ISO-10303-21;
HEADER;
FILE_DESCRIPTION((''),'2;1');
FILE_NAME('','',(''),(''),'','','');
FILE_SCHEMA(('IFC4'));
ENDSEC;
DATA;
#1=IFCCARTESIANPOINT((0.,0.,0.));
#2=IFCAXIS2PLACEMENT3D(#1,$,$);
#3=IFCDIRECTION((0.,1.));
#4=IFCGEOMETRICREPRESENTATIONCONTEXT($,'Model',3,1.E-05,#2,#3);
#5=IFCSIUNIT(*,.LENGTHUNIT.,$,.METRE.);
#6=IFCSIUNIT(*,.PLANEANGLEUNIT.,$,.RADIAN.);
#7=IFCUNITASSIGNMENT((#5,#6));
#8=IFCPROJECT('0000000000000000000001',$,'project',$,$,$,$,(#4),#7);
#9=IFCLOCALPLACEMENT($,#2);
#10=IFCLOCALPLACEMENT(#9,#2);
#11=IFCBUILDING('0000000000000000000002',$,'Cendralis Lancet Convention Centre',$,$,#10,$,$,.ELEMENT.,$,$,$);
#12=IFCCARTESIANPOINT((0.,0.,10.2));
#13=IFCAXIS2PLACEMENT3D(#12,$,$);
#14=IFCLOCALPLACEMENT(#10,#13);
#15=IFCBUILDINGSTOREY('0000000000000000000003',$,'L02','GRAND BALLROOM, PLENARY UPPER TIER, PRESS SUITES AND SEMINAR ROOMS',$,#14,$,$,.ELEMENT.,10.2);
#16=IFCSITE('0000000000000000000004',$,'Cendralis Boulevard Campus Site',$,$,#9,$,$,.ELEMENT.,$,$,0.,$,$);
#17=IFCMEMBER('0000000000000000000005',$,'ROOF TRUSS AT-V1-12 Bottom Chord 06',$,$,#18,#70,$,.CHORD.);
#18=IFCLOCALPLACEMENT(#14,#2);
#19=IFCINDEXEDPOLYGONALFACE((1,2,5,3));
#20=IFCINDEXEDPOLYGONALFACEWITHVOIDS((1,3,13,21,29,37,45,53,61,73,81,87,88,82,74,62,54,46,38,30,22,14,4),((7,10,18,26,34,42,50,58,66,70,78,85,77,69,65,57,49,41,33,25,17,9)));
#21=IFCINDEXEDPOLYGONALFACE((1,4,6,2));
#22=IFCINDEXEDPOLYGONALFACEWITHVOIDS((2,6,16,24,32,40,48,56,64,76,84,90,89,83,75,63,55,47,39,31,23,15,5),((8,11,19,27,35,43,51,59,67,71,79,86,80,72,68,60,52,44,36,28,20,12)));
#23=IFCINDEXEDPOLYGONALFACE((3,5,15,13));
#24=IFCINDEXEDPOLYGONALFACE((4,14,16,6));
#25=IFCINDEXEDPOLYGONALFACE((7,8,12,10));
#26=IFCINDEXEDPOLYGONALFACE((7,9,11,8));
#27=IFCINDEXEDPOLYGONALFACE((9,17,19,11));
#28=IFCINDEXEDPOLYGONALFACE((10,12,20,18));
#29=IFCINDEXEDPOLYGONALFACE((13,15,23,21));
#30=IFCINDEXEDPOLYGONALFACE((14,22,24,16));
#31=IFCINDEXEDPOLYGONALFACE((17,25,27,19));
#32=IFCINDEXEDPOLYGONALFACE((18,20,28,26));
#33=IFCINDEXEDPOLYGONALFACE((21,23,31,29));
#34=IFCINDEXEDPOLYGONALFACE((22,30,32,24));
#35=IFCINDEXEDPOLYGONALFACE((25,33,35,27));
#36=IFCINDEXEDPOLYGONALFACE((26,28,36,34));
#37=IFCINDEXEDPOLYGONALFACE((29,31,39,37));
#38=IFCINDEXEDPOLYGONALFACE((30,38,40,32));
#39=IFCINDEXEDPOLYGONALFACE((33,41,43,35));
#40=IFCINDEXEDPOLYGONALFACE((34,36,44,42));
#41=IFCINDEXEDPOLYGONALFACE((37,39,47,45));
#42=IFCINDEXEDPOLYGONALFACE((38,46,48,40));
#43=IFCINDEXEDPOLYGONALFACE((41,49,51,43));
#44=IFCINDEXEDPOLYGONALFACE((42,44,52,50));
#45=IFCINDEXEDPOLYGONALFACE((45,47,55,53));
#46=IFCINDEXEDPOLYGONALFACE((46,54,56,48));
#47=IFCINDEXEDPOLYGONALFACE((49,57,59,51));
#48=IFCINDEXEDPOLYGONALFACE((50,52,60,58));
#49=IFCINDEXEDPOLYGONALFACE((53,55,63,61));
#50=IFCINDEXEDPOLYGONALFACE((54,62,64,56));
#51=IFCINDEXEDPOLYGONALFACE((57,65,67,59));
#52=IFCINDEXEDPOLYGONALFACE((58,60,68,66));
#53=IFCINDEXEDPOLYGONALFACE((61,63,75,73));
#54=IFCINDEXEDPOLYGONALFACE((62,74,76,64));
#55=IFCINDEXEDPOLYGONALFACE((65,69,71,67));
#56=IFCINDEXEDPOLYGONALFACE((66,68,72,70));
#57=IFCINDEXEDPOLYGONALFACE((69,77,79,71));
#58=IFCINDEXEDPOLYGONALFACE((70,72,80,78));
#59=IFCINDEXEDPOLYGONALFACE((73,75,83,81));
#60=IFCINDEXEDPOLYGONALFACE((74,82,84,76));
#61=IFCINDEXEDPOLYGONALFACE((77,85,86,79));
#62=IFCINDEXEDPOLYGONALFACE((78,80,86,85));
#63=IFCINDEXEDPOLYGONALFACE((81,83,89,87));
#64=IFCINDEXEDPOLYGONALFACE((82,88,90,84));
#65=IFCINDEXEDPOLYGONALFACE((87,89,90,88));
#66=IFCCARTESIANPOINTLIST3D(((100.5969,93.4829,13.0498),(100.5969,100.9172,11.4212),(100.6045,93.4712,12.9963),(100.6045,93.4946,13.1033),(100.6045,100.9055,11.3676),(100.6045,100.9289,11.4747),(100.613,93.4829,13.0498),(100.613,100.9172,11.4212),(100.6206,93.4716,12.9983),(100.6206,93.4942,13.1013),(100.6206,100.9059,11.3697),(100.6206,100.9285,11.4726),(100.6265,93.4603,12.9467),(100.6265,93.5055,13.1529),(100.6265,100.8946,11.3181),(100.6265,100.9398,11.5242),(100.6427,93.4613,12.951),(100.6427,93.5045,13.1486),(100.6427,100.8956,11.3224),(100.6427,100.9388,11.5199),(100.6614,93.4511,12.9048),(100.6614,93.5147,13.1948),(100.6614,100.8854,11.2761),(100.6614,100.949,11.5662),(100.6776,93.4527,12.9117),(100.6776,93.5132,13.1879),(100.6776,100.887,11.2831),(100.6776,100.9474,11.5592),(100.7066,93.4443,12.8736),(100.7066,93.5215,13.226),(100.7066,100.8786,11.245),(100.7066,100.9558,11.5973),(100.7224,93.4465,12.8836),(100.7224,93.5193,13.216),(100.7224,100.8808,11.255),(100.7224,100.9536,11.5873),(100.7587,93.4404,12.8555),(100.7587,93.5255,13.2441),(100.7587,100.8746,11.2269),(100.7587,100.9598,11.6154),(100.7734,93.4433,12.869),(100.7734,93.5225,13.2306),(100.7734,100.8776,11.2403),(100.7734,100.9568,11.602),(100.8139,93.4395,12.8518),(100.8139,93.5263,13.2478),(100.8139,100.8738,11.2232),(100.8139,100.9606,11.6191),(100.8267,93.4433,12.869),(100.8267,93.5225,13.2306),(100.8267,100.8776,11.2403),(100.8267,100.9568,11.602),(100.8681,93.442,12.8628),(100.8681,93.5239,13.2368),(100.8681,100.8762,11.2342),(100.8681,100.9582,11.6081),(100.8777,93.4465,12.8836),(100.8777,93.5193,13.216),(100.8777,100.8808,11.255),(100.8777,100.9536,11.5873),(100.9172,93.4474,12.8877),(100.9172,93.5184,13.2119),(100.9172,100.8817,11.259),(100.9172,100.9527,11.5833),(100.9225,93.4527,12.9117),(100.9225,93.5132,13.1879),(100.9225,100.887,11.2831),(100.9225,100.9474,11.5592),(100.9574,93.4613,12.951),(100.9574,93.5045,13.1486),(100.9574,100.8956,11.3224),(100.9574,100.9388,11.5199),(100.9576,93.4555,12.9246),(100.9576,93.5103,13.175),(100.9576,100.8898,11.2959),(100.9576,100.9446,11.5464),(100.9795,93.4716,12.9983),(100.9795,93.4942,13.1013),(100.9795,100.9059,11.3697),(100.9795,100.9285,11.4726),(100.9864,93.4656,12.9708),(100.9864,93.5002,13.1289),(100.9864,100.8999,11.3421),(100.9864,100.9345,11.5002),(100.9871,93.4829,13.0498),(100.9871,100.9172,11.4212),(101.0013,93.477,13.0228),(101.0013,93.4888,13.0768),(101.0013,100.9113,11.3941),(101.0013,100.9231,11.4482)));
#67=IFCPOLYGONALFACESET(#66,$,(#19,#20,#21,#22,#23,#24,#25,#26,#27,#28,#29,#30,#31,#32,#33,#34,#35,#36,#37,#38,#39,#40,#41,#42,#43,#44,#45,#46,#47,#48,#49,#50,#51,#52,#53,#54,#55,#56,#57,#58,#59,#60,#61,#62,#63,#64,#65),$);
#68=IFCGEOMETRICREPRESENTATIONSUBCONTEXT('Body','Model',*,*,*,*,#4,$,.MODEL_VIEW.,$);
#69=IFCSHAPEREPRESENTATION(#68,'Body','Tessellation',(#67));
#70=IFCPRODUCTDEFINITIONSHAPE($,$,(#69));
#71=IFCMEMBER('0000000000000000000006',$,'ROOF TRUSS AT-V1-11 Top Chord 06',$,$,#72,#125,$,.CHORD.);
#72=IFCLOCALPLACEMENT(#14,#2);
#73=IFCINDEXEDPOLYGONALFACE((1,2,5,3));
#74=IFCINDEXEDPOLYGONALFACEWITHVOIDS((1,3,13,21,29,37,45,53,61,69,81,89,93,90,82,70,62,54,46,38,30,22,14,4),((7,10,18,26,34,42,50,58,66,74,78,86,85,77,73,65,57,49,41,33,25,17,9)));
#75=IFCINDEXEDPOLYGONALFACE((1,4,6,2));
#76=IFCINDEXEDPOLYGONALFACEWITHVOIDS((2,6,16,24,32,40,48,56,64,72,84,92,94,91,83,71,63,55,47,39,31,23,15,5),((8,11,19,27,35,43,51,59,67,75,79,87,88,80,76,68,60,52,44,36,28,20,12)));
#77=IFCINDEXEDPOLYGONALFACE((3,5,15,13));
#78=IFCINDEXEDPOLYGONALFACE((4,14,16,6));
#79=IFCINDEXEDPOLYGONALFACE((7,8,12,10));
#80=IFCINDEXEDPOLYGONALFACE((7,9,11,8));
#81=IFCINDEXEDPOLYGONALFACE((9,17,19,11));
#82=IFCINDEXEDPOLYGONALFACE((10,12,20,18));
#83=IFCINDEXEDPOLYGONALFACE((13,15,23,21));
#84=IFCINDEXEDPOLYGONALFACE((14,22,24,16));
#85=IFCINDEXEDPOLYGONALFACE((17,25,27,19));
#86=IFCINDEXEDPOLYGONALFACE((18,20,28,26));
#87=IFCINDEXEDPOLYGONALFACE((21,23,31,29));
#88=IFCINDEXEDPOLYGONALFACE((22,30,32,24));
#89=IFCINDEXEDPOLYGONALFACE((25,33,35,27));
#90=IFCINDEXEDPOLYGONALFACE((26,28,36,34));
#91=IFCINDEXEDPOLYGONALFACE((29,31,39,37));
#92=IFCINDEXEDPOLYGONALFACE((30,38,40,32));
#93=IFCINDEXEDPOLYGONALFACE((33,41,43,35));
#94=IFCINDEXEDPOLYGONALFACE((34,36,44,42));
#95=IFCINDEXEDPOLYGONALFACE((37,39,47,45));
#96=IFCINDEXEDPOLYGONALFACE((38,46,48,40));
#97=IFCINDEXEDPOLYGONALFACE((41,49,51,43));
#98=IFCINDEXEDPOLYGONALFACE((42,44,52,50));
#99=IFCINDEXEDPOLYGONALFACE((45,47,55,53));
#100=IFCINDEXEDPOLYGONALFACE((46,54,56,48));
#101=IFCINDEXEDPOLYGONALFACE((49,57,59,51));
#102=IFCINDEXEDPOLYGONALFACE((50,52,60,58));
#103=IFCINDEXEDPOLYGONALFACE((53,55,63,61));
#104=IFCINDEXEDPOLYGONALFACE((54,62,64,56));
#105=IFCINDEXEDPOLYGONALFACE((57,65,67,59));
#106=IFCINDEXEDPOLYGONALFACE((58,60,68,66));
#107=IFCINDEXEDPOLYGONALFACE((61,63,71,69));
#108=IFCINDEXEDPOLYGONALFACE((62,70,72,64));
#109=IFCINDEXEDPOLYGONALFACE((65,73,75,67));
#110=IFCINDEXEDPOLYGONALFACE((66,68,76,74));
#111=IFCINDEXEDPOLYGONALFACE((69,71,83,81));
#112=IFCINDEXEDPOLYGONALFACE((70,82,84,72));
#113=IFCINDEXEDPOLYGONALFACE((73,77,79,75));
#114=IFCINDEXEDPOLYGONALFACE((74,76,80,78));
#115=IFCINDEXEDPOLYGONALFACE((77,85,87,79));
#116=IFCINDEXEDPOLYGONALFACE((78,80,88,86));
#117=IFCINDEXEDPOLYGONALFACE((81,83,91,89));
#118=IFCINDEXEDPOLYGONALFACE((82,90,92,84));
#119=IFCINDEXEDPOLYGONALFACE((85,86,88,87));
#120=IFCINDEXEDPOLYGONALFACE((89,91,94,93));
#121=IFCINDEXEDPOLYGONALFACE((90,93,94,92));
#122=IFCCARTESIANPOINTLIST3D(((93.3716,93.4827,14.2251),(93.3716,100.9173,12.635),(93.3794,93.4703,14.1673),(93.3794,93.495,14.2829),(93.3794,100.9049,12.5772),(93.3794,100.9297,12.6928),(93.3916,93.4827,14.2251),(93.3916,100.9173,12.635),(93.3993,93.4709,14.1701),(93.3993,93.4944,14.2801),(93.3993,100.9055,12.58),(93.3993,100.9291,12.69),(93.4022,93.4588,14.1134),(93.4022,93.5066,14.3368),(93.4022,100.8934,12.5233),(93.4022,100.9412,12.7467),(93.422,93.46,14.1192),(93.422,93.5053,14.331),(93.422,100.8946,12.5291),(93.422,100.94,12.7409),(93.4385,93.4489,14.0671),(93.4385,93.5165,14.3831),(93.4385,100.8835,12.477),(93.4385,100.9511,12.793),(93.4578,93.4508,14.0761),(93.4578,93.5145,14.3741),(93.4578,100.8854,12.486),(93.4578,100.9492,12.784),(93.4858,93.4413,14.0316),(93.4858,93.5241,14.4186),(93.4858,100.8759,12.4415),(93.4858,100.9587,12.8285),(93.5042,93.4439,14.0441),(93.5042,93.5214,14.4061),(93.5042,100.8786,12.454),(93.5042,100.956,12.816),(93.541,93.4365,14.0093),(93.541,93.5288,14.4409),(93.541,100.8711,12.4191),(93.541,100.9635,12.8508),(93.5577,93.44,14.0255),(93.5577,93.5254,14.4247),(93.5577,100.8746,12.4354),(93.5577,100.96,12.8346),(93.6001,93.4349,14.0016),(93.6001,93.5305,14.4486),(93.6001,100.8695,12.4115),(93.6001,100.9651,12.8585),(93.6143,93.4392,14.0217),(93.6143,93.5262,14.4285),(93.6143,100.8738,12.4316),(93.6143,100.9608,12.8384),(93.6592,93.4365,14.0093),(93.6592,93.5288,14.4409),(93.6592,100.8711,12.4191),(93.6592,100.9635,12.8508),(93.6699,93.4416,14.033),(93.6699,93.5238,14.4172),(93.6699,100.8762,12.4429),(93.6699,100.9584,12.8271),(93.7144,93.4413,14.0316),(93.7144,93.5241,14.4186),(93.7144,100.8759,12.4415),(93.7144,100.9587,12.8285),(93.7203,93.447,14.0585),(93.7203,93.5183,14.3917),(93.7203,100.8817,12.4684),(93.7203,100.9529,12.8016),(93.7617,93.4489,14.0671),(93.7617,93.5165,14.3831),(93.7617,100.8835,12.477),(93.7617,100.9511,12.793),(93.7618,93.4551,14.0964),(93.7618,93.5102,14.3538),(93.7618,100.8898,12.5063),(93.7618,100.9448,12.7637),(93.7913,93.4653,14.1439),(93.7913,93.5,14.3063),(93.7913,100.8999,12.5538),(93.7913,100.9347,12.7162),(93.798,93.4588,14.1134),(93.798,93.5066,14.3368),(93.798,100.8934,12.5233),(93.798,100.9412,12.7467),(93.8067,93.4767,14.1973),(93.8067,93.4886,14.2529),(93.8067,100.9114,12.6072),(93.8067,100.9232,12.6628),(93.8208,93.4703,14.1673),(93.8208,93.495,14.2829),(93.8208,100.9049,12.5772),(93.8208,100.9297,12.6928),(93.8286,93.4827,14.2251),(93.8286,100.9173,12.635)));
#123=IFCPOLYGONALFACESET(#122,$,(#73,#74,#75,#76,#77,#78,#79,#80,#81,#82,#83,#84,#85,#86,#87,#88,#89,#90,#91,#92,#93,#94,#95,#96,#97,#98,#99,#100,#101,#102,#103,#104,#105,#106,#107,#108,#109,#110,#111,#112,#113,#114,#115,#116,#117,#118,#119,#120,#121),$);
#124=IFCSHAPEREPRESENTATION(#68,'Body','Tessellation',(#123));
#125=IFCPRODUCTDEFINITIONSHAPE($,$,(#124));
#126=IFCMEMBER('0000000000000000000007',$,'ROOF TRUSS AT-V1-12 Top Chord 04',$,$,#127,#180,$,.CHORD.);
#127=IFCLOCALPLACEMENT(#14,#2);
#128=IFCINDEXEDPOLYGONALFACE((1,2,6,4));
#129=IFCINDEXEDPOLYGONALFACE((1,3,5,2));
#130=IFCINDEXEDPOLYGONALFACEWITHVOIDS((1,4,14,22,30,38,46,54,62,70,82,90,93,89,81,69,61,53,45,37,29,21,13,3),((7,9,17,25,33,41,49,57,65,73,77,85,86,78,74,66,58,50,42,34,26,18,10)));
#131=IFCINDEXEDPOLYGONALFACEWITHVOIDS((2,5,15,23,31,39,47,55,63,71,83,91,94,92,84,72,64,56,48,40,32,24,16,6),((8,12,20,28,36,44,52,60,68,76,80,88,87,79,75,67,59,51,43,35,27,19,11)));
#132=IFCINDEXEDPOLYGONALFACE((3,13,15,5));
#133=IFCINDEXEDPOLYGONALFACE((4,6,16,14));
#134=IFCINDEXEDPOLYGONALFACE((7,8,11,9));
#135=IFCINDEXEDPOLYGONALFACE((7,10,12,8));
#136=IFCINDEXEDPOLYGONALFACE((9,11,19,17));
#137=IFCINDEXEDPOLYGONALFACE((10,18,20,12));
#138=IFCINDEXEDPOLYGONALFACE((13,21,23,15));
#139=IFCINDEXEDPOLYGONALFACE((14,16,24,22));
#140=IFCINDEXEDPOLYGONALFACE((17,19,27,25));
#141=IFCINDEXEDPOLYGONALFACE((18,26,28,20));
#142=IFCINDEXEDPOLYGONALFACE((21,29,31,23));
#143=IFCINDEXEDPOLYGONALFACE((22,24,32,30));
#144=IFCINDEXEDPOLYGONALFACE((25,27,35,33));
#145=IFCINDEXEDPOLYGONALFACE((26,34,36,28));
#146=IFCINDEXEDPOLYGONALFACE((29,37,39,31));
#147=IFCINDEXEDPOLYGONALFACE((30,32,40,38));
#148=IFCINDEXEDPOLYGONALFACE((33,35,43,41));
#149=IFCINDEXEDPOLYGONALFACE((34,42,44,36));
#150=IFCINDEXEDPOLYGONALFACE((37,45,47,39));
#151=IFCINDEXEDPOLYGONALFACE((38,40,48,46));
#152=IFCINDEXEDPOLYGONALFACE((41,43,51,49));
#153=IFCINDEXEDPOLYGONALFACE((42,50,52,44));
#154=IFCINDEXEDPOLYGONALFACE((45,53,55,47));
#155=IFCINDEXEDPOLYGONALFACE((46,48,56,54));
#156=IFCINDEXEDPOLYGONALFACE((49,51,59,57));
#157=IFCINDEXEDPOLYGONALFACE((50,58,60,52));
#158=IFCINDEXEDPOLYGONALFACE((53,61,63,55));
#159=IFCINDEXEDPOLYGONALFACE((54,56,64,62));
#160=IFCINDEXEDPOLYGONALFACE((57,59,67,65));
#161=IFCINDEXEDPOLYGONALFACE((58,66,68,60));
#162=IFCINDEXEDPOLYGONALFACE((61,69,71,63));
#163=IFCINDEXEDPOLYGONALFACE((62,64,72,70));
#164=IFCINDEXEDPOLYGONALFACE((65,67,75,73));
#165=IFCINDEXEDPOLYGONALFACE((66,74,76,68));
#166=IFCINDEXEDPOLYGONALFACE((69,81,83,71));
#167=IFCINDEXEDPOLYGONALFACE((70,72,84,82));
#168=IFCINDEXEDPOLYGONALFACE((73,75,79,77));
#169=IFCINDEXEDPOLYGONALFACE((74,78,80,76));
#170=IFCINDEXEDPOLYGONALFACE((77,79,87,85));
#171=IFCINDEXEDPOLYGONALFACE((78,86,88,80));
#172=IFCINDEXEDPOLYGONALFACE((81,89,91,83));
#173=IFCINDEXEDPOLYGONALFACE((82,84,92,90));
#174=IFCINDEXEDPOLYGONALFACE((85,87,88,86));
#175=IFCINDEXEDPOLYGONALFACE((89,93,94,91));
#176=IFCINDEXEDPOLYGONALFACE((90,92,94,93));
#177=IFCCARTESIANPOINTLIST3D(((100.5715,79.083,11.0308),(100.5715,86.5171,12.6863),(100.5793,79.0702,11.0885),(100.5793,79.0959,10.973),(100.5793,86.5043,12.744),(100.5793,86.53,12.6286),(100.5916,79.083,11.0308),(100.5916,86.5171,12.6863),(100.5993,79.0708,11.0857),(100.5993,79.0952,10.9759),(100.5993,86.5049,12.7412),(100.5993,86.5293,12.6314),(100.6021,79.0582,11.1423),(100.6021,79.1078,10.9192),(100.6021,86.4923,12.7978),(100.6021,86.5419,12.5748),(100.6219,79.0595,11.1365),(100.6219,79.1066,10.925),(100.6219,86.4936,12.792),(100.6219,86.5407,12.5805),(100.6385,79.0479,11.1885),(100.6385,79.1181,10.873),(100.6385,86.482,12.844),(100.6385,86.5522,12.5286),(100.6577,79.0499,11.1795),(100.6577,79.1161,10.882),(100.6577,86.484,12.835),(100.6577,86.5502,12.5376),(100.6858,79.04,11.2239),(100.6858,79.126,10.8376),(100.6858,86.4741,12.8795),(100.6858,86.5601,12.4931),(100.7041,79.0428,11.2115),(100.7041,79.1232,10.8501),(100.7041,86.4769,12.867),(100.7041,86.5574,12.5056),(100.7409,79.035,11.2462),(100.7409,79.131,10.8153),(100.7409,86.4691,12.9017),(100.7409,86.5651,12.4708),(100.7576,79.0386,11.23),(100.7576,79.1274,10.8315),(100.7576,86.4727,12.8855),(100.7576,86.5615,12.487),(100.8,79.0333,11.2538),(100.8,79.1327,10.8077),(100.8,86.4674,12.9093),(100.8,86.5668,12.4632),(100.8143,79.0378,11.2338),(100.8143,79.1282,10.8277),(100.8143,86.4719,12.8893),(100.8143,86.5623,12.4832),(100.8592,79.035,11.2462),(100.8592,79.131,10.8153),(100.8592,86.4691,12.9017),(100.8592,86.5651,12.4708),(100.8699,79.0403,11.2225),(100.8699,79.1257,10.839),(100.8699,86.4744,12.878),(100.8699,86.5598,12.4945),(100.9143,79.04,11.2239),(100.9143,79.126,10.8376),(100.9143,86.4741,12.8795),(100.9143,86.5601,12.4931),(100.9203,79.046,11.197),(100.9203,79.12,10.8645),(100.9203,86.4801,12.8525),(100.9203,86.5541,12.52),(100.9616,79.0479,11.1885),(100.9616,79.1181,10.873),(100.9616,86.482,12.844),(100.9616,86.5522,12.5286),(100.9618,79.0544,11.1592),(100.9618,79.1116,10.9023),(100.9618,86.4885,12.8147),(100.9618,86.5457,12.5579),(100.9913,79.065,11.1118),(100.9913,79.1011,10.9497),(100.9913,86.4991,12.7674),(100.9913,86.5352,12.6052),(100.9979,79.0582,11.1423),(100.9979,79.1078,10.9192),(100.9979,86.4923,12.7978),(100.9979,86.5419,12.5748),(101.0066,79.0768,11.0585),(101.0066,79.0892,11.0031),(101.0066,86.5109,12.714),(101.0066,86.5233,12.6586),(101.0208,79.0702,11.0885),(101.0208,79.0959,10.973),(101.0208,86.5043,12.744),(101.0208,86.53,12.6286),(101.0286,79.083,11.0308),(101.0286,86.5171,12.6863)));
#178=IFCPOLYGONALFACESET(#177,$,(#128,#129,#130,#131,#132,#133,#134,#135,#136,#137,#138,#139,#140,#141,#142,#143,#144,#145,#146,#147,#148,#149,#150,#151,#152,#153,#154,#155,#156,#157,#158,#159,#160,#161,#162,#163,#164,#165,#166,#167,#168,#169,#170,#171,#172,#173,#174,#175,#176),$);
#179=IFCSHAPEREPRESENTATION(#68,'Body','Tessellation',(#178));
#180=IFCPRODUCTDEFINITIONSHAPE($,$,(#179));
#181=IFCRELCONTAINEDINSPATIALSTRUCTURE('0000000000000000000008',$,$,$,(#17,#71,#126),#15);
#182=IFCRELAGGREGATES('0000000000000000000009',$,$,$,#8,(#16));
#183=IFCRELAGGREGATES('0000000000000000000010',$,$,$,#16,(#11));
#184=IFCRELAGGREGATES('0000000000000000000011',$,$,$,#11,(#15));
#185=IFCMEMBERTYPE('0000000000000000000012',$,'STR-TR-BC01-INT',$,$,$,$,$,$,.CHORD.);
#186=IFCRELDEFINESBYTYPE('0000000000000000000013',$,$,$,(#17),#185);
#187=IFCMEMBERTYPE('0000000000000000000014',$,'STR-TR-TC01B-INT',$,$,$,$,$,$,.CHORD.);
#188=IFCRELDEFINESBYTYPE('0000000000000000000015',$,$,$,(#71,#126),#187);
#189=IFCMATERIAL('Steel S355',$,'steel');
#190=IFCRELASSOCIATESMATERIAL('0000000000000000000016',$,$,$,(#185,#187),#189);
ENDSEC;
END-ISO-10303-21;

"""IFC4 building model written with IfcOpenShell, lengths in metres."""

from ifc_helpers import new_model, si_unit, direction, frame, origin, origin_2d, place, context, subcontext, project, spatial, hollow_circle, extrude, material, material_profile, profile_set, type_object, element, save


model = new_model("IFC4")

# Units and contexts
model_context = context("Model", 3, precision=1e-05, world=origin(), true_north=direction((0.0, 1.0)))
body_context = subcontext(model_context, "Body", "Model", "MODEL_VIEW")
ifc_project = project(units=[si_unit("LENGTHUNIT", "METRE"), si_unit("PLANEANGLEUNIT", "RADIAN")], contexts=[model_context])

# Site, building, storey
site_placement = place(None, origin())
site = spatial("IfcSite", under=ifc_project, at=site_placement, Name="Cendralis Boulevard Campus Site", CompositionType="ELEMENT", RefElevation=0.0)
building_placement = place(site_placement, origin())
building = spatial("IfcBuilding", under=site, at=building_placement, Name="Cendralis Lancet Convention Centre", CompositionType="ELEMENT")
storey_placement = place(building_placement, frame((0.0, 0.0, 10.2)))
storey = spatial("IfcBuildingStorey", under=building, at=storey_placement, Name="L02", Description="GRAND BALLROOM, PLENARY UPPER TIER, PRESS SUITES AND SEMINAR ROOMS", CompositionType="ELEMENT", Elevation=10.2)

# Members
ifc_material = material(Name="Steel S355", Category="steel")
ifc_material_profile_1 = material_profile(ifc_material, hollow_circle(Radius=0.2031, WallThickness=0.0161, at=origin_2d()), Name="CHS 406.4x16.0")
ifc_profile_set_1 = profile_set([ifc_material_profile_1], Name="Steel S355")
member_type_1 = type_object("IfcMemberType", Name="STR-TR-BC01-INT", PredefinedType="CHORD", material=ifc_profile_set_1)
member_1_placement = place(storey_placement, frame((100.8, 93.4829, 13.0498), z_axis=(0.0, 0.976834, -0.213998), x_axis=(-1.0, 0.0, 0.0)))
element("IfcMember", 1, at=member_1_placement, inside=storey, type_object=member_type_1, Name="ROOF TRUSS AT-V1-12 Bottom Chord 06", PredefinedType="CHORD", context=body_context, shape_type="SweptSolid", body=[
    extrude(hollow_circle(Radius=0.2031, WallThickness=0.0161, at=origin_2d()), origin(), (0.0, 0.0, 1.0), 7.6106),
])
ifc_material_profile_2 = material_profile(ifc_material, hollow_circle(Radius=0.2285, WallThickness=0.02, at=origin_2d()), Name="CHS 457.0x20.0")
ifc_profile_set_2 = profile_set([ifc_material_profile_2], Name="Steel S355")
member_type_2 = type_object("IfcMemberType", Name="STR-TR-TC01B-INT", PredefinedType="CHORD", material=ifc_profile_set_2)
member_2_placement = place(storey_placement, frame((93.6001, 93.4827, 14.2251), z_axis=(0.0, 0.977884, -0.209147), x_axis=(-1.0, 0.0, 0.0)))
element("IfcMember", 2, at=member_2_placement, inside=storey, type_object=member_type_2, Name="ROOF TRUSS AT-V1-11 Top Chord 06", PredefinedType="CHORD", context=body_context, shape_type="SweptSolid", body=[
    extrude(hollow_circle(Radius=0.2285, WallThickness=0.02, at=origin_2d()), origin(), (0.0, 0.0, 1.0), 7.6028),
])
member_3_placement = place(storey_placement, frame((100.8, 79.083, 11.0308), z_axis=(0.0, 0.97609, 0.217368), x_axis=(-1.0, 0.0, 0.0)))
element("IfcMember", 3, at=member_3_placement, inside=storey, type_object=member_type_2, Name="ROOF TRUSS AT-V1-12 Top Chord 04", PredefinedType="CHORD", context=body_context, shape_type="SweptSolid", body=[
    extrude(hollow_circle(Radius=0.2285, WallThickness=0.02, at=origin_2d()), origin(), (0.0, 0.0, 1.0), 7.6162),
])

save(model, "model.ifc")
